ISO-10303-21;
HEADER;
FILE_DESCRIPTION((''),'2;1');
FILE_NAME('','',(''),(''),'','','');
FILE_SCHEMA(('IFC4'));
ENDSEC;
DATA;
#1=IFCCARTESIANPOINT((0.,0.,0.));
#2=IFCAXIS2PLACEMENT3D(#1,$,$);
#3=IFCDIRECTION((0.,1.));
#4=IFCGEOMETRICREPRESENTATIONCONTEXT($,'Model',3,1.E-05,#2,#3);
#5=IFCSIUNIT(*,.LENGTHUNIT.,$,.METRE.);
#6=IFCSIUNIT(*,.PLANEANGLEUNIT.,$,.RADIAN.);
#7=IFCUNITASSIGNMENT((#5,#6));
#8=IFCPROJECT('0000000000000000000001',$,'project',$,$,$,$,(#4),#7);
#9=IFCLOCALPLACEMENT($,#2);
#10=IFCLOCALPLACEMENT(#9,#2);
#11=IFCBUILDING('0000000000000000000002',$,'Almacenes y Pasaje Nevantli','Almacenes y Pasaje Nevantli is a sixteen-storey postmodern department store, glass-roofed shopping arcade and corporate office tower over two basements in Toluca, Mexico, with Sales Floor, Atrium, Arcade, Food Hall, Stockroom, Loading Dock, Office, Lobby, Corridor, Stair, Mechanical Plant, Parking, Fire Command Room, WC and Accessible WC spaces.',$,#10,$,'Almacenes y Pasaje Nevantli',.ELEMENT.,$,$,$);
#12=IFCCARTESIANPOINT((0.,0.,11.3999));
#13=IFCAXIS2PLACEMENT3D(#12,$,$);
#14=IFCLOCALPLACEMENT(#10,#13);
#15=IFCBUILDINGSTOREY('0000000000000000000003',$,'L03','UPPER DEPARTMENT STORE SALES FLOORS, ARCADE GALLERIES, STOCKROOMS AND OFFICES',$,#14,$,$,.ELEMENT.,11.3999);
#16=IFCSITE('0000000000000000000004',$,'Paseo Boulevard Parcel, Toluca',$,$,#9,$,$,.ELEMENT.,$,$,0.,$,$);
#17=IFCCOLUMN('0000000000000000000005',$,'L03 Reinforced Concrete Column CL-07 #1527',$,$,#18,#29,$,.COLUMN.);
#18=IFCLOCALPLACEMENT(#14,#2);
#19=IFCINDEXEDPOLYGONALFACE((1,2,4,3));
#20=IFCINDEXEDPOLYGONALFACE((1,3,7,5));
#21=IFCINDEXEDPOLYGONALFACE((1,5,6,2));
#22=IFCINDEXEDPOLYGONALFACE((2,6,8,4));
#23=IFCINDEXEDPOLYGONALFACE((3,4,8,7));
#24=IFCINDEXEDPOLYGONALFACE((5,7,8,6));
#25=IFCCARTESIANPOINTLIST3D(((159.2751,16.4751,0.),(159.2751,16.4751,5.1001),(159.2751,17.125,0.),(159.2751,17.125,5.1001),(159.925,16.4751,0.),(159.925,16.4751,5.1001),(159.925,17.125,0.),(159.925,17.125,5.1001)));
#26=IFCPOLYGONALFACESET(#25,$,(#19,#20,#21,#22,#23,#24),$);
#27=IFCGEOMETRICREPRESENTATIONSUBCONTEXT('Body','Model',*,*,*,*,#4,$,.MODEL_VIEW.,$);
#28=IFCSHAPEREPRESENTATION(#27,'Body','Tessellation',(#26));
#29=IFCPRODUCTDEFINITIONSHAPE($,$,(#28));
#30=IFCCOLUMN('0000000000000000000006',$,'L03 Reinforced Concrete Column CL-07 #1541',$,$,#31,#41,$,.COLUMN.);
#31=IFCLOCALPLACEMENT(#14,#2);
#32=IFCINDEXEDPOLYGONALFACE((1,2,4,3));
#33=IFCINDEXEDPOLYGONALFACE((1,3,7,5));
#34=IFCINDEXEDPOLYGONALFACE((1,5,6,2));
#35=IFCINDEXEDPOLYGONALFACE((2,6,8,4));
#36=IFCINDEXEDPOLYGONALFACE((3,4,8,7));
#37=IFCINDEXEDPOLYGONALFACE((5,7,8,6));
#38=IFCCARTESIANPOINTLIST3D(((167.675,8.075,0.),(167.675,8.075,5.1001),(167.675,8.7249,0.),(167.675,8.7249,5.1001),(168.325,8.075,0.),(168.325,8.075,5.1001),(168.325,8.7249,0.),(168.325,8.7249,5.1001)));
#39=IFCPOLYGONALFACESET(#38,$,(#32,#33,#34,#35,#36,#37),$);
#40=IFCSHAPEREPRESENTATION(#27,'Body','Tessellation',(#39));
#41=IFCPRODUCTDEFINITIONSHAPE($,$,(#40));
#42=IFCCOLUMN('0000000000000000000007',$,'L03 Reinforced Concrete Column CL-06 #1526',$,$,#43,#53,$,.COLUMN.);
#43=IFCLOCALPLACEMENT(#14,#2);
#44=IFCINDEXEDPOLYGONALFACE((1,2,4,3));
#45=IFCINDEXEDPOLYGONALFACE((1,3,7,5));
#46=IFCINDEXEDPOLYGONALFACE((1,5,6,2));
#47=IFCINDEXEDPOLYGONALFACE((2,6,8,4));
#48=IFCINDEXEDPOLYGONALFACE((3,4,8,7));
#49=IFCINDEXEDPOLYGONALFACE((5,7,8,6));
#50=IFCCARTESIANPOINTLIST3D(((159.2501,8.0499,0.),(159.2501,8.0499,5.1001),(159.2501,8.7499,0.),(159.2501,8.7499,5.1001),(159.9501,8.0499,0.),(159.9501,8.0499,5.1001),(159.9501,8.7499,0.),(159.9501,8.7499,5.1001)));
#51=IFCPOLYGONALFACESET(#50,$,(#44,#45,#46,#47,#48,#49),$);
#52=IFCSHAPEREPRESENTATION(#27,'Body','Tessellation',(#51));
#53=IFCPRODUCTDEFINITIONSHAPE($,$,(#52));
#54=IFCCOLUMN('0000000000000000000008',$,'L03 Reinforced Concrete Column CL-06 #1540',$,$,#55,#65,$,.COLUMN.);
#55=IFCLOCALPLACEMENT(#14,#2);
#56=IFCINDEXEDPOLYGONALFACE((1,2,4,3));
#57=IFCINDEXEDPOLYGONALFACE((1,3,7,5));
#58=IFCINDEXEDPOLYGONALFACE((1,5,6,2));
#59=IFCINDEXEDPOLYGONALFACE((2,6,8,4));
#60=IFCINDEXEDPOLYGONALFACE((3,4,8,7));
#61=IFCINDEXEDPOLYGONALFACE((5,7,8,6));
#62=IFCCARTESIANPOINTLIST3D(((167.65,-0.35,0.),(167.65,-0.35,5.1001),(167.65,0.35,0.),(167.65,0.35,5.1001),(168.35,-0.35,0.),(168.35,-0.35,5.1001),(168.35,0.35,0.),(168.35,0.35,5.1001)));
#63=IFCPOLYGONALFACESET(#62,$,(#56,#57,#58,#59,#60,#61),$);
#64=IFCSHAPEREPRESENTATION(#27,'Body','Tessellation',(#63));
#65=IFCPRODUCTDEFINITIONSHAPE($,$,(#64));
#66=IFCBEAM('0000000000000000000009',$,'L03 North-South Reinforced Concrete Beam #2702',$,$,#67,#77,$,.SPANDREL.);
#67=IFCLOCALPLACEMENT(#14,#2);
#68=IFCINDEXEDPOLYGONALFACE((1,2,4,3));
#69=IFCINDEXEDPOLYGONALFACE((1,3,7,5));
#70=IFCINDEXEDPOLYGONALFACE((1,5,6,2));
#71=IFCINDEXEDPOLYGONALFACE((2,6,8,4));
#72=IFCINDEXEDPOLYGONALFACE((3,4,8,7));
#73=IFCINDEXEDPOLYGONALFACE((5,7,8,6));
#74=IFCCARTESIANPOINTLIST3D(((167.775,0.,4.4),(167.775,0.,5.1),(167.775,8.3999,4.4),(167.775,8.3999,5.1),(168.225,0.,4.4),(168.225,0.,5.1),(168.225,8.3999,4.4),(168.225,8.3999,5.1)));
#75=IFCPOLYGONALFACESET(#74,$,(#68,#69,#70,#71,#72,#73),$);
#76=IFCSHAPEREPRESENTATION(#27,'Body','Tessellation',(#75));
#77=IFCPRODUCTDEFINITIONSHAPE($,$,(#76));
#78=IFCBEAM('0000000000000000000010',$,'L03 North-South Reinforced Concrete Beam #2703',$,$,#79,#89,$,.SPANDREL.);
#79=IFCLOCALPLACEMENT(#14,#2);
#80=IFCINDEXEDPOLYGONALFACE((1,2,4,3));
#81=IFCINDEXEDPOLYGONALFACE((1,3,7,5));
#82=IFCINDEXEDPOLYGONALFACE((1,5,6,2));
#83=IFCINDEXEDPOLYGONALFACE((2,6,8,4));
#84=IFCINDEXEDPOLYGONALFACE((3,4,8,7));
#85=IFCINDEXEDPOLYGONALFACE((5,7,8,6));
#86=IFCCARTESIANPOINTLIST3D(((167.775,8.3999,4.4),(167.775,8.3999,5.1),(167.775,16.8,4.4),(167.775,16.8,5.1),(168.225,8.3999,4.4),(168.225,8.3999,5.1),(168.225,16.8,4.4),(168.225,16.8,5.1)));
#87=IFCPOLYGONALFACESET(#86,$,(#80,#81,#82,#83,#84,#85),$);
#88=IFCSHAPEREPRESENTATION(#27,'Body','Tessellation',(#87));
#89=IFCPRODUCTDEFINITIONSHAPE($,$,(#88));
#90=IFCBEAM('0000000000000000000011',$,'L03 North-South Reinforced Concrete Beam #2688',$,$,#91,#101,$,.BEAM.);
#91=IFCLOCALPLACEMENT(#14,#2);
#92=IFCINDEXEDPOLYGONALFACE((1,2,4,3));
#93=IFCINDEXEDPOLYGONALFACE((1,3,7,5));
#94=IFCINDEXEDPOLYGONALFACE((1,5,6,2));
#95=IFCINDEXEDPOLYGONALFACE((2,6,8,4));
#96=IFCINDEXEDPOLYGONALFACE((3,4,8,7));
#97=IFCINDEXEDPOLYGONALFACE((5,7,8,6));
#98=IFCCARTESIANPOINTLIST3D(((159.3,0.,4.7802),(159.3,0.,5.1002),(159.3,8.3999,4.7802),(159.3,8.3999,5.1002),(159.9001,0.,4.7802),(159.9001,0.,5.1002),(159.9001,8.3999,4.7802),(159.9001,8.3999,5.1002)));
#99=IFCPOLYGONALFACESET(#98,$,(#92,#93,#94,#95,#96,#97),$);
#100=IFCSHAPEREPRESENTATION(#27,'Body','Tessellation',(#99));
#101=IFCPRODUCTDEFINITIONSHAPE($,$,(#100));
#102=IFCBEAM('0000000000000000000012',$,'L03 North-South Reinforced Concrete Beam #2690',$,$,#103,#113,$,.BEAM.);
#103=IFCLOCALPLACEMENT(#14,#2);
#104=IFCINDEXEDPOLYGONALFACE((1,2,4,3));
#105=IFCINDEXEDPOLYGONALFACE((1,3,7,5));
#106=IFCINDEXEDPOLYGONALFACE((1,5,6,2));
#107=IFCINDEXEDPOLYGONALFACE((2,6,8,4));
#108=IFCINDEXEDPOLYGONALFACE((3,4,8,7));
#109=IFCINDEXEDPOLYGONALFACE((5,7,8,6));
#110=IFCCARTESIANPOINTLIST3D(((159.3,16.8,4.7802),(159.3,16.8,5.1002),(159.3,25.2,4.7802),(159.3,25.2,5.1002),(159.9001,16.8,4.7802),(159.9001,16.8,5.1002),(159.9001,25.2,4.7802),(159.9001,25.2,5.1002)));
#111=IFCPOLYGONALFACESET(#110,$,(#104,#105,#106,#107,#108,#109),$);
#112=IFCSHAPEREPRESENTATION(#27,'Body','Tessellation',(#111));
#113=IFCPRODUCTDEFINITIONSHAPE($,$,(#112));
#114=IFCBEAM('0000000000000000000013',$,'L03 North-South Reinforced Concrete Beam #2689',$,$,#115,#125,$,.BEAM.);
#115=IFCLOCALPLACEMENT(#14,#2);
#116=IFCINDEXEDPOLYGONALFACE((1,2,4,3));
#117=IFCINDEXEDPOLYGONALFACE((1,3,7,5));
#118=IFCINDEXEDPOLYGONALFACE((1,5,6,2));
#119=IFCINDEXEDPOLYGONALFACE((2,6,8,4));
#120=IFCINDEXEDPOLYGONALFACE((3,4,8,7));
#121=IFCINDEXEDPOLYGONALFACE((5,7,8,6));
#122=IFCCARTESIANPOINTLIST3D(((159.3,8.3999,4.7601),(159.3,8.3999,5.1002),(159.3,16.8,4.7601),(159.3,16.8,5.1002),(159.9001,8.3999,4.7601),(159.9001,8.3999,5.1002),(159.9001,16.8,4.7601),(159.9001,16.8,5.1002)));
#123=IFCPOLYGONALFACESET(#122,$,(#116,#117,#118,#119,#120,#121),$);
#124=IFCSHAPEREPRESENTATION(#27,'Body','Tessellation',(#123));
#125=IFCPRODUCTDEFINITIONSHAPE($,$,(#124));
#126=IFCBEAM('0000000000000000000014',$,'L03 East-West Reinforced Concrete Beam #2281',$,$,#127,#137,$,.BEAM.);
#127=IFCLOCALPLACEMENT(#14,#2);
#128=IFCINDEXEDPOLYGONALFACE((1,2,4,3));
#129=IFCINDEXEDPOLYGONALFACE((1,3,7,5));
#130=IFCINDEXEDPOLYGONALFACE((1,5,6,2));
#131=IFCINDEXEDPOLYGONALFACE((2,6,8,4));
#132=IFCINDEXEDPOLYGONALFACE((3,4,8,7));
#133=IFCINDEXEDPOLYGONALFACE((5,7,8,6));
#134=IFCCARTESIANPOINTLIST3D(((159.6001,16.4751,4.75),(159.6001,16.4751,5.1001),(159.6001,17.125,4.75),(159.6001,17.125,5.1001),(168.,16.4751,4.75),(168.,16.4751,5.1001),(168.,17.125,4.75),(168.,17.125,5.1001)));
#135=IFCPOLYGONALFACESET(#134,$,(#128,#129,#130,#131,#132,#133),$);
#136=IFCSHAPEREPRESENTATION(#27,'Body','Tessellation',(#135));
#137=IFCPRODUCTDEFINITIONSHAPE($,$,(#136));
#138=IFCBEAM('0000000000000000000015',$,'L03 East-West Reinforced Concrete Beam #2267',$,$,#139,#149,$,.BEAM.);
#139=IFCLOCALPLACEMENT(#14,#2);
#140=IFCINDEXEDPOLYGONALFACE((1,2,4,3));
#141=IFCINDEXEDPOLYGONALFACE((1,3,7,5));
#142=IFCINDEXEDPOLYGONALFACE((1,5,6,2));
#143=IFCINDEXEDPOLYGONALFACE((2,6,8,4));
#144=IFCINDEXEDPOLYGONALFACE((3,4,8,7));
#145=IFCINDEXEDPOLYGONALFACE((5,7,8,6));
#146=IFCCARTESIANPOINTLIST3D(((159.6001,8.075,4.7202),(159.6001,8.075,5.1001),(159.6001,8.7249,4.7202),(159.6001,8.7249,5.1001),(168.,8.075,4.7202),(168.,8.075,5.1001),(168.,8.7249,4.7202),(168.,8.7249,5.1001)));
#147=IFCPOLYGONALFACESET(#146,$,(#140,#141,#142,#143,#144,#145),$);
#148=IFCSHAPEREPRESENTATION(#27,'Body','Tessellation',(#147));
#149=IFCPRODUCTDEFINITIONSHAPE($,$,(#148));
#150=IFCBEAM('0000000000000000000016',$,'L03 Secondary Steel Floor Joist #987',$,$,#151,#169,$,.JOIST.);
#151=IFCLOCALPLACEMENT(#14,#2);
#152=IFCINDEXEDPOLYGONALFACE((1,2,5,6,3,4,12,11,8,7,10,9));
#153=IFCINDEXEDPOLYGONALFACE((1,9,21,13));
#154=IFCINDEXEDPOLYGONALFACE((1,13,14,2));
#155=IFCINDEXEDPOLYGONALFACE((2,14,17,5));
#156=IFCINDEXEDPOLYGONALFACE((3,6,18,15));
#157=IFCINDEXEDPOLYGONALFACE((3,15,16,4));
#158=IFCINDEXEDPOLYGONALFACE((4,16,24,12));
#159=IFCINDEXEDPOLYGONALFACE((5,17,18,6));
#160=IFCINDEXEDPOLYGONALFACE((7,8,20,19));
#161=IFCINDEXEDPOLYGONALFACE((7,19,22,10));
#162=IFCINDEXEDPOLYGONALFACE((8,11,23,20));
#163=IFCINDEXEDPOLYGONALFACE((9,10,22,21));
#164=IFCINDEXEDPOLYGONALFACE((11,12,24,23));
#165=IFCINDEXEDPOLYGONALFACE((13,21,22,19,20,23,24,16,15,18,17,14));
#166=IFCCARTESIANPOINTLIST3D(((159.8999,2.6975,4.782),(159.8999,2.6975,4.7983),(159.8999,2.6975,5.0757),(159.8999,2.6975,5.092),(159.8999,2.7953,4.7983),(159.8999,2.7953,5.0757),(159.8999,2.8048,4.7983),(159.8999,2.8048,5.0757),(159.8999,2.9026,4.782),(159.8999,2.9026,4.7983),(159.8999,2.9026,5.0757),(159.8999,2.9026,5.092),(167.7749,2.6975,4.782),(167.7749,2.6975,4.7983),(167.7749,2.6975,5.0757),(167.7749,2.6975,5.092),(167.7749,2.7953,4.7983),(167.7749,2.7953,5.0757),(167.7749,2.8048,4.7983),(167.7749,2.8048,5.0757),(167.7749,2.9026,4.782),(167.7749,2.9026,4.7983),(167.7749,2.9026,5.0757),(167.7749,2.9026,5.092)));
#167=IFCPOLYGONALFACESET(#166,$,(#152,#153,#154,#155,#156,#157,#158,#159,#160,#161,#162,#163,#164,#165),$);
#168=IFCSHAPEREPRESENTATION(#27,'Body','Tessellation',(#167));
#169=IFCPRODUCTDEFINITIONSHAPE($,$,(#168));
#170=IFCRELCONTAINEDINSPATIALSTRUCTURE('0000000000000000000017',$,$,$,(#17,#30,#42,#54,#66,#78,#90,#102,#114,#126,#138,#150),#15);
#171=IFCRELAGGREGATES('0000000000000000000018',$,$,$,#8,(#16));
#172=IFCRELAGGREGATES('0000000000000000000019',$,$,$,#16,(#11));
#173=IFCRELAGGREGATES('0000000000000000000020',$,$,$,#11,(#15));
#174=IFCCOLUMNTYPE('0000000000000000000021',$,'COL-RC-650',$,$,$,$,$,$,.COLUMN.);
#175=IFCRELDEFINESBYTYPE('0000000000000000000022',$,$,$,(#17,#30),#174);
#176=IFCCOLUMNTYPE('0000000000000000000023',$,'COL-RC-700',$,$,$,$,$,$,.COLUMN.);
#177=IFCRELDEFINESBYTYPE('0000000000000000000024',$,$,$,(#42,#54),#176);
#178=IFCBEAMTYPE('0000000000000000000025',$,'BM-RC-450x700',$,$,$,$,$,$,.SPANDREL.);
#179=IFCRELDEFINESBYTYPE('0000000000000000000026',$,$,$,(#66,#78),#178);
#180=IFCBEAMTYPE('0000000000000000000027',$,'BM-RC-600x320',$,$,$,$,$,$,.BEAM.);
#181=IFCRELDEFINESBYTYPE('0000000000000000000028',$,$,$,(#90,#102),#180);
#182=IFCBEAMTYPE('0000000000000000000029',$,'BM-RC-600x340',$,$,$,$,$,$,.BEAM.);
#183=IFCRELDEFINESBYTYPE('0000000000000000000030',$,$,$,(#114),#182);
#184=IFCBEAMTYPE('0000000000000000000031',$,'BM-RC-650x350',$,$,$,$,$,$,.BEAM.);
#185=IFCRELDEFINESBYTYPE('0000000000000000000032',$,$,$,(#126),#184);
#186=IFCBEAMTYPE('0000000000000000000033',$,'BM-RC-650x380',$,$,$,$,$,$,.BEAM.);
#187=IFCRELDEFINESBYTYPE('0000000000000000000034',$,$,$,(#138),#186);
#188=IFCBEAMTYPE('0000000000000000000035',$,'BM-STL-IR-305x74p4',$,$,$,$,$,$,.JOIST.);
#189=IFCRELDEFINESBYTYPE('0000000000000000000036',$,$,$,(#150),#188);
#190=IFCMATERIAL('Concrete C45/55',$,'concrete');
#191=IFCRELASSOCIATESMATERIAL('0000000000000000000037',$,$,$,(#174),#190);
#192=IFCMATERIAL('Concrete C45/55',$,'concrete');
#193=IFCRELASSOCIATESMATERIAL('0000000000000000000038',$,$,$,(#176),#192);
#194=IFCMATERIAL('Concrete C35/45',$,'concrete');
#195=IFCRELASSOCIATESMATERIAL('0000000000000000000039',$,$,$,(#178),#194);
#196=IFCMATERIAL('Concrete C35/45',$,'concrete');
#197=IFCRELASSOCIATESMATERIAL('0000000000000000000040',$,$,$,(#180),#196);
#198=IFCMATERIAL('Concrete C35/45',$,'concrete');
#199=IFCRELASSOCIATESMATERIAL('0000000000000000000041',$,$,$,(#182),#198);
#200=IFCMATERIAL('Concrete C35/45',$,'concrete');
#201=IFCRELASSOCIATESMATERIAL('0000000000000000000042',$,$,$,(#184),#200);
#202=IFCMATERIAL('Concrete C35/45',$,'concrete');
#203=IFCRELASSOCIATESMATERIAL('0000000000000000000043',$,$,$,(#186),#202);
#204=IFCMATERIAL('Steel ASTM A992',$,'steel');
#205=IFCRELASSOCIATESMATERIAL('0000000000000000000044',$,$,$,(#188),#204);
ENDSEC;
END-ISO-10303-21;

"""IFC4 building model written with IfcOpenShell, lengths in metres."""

from ifc_helpers import new_model, si_unit, direction, frame, origin, origin_2d, place, context, subcontext, project, spatial, rectangle, i_section, extrude, material, material_profile, profile_set, type_object, element, save


model = new_model("IFC4")

# Units and contexts
model_context = context("Model", 3, precision=1e-05, world=origin(), true_north=direction((0.0, 1.0)))
body_context = subcontext(model_context, "Body", "Model", "MODEL_VIEW")
ifc_project = project(units=[si_unit("LENGTHUNIT", "METRE"), si_unit("PLANEANGLEUNIT", "RADIAN")], contexts=[model_context])

# Site, building, storey
site_placement = place(None, origin())
site = spatial("IfcSite", under=ifc_project, at=site_placement, Name="Paseo Boulevard Parcel, Toluca", CompositionType="ELEMENT", RefElevation=0.0)
building_placement = place(site_placement, origin())
building = spatial("IfcBuilding", under=site, at=building_placement, Name="Almacenes y Pasaje Nevantli", Description="Almacenes y Pasaje Nevantli is a sixteen-storey postmodern department store, glass-roofed shopping arcade and corporate office tower over two basements in Toluca, Mexico, with Sales Floor, Atrium, Arcade, Food Hall, Stockroom, Loading Dock, Office, Lobby, Corridor, Stair, Mechanical Plant, Parking, Fire Command Room, WC and Accessible WC spaces.", LongName="Almacenes y Pasaje Nevantli", CompositionType="ELEMENT")
storey_placement = place(building_placement, frame((0.0, 0.0, 11.3999)))
storey = spatial("IfcBuildingStorey", under=building, at=storey_placement, Name="L03", Description="UPPER DEPARTMENT STORE SALES FLOORS, ARCADE GALLERIES, STOCKROOMS AND OFFICES", CompositionType="ELEMENT", Elevation=11.3999)

# Columns
ifc_material_1 = material(Name="Concrete C45/55", Category="concrete")
ifc_material_profile_1 = material_profile(ifc_material_1, rectangle(XDim=0.6499, YDim=0.6499, at=origin_2d()), Name="RC-COL-650x650")
ifc_profile_set_1 = profile_set([ifc_material_profile_1], Name="Concrete C45/55")
column_type_1 = type_object("IfcColumnType", Name="COL-RC-650", PredefinedType="COLUMN", material=ifc_profile_set_1)
for number, where, z_axis, x_axis, name in (
    (1, (159.6001, 16.8, 0.0), (0.0, 0.0, 1.0), (1.0, 0.0, 0.0), "L03 Reinforced Concrete Column CL-07 #1527"),
    (2, (168.0, 8.3999, 0.0), (0.0, 0.0, 1.0), (1.0, 0.0, 0.0), "L03 Reinforced Concrete Column CL-07 #1541"),
):
    element("IfcColumn", number, at=place(storey_placement, frame(where, z_axis=z_axis, x_axis=x_axis)), inside=storey, type_object=column_type_1, Name=name, PredefinedType="COLUMN", context=body_context, shape_type="SweptSolid", body=[
        extrude(rectangle(XDim=0.6499, YDim=0.6499, at=origin_2d()), origin(), (0.0, 0.0, 1.0), 5.1001),
    ])
ifc_material_2 = material(Name="Concrete C45/55", Category="concrete")
ifc_material_profile_2 = material_profile(ifc_material_2, rectangle(XDim=0.7, YDim=0.7, at=origin_2d()), Name="RC-COL-700x700")
ifc_profile_set_2 = profile_set([ifc_material_profile_2], Name="Concrete C45/55")
column_type_2 = type_object("IfcColumnType", Name="COL-RC-700", PredefinedType="COLUMN", material=ifc_profile_set_2)
for number, where, z_axis, x_axis, name in (
    (3, (159.6001, 8.3999, 0.0), (0.0, 0.0, 1.0), (1.0, 0.0, 0.0), "L03 Reinforced Concrete Column CL-06 #1526"),
    (4, (168.0, 0.0, 0.0), (0.0, 0.0, 1.0), (1.0, 0.0, 0.0), "L03 Reinforced Concrete Column CL-06 #1540"),
):
    element("IfcColumn", number, at=place(storey_placement, frame(where, z_axis=z_axis, x_axis=x_axis)), inside=storey, type_object=column_type_2, Name=name, PredefinedType="COLUMN", context=body_context, shape_type="SweptSolid", body=[
        extrude(rectangle(XDim=0.7, YDim=0.7, at=origin_2d()), origin(), (0.0, 0.0, 1.0), 5.1001),
    ])

# Beams
ifc_material_3 = material(Name="Concrete C35/45", Category="concrete")
ifc_material_profile_3 = material_profile(ifc_material_3, rectangle(XDim=0.45, YDim=0.7, at=origin_2d()), Name="RC-BM-450x700")
ifc_profile_set_3 = profile_set([ifc_material_profile_3], Name="Concrete C35/45")
beam_type_1 = type_object("IfcBeamType", Name="BM-RC-450x700", PredefinedType="SPANDREL", material=ifc_profile_set_3)
beam_1_placement = place(storey_placement, frame((168.0, 0.0, 4.75), z_axis=(0.0, 1.0, 0.0), x_axis=(-1.0, 0.0, 0.0)))
element("IfcBeam", 5, at=beam_1_placement, inside=storey, type_object=beam_type_1, Name="L03 North-South Reinforced Concrete Beam #2702", PredefinedType="SPANDREL", context=body_context, shape_type="SweptSolid", body=[
    extrude(rectangle(XDim=0.45, YDim=0.7, at=origin_2d()), origin(), (0.0, 0.0, 1.0), 8.3999),
])
beam_2_placement = place(storey_placement, frame((168.0, 8.3999, 4.75), z_axis=(0.0, 1.0, 0.0), x_axis=(-1.0, 0.0, 0.0)))
element("IfcBeam", 6, at=beam_2_placement, inside=storey, type_object=beam_type_1, Name="L03 North-South Reinforced Concrete Beam #2703", PredefinedType="SPANDREL", context=body_context, shape_type="SweptSolid", body=[
    extrude(rectangle(XDim=0.45, YDim=0.7, at=origin_2d()), origin(), (0.0, 0.0, 1.0), 8.4001),
])
ifc_material_4 = material(Name="Concrete C35/45", Category="concrete")
ifc_material_profile_4 = material_profile(ifc_material_4, rectangle(XDim=0.6001, YDim=0.3201, at=origin_2d()), Name="RC-BM-600x320")
ifc_profile_set_4 = profile_set([ifc_material_profile_4], Name="Concrete C35/45")
beam_type_2 = type_object("IfcBeamType", Name="BM-RC-600x320", PredefinedType="BEAM", material=ifc_profile_set_4)
for number, where, z_axis, x_axis, name in (
    (7, (159.6001, 0.0, 4.9402), (0.0, 1.0, 0.0), (-1.0, 0.0, 0.0), "L03 North-South Reinforced Concrete Beam #2688"),
    (8, (159.6001, 16.8, 4.9402), (0.0, 1.0, 0.0), (-1.0, 0.0, 0.0), "L03 North-South Reinforced Concrete Beam #2690"),
):
    element("IfcBeam", number, at=place(storey_placement, frame(where, z_axis=z_axis, x_axis=x_axis)), inside=storey, type_object=beam_type_2, Name=name, PredefinedType="BEAM", context=body_context, shape_type="SweptSolid", body=[
        extrude(rectangle(XDim=0.6001, YDim=0.3201, at=origin_2d()), origin(), (0.0, 0.0, 1.0), 8.3999),
    ])
ifc_material_5 = material(Name="Concrete C35/45", Category="concrete")
ifc_material_profile_5 = material_profile(ifc_material_5, rectangle(XDim=0.6001, YDim=0.3401, at=origin_2d()), Name="RC-BM-600x340")
ifc_profile_set_5 = profile_set([ifc_material_profile_5], Name="Concrete C35/45")
beam_type_3 = type_object("IfcBeamType", Name="BM-RC-600x340", PredefinedType="BEAM", material=ifc_profile_set_5)
beam_3_placement = place(storey_placement, frame((159.6001, 8.3999, 4.9302), z_axis=(0.0, 1.0, 0.0), x_axis=(-1.0, 0.0, 0.0)))
element("IfcBeam", 9, at=beam_3_placement, inside=storey, type_object=beam_type_3, Name="L03 North-South Reinforced Concrete Beam #2689", PredefinedType="BEAM", context=body_context, shape_type="SweptSolid", body=[
    extrude(rectangle(XDim=0.6001, YDim=0.3401, at=origin_2d()), origin(), (0.0, 0.0, 1.0), 8.4001),
])
ifc_material_6 = material(Name="Concrete C35/45", Category="concrete")
ifc_material_profile_6 = material_profile(ifc_material_6, rectangle(XDim=0.6499, YDim=0.3501, at=origin_2d()), Name="RC-BM-650x350")
ifc_profile_set_6 = profile_set([ifc_material_profile_6], Name="Concrete C35/45")
beam_type_4 = type_object("IfcBeamType", Name="BM-RC-650x350", PredefinedType="BEAM", material=ifc_profile_set_6)
beam_4_placement = place(storey_placement, frame((159.6001, 16.8, 4.925), z_axis=(1.0, 0.0, 0.0), x_axis=(0.0, 1.0, 0.0)))
element("IfcBeam", 10, at=beam_4_placement, inside=storey, type_object=beam_type_4, Name="L03 East-West Reinforced Concrete Beam #2281", PredefinedType="BEAM", context=body_context, shape_type="SweptSolid", body=[
    extrude(rectangle(XDim=0.6499, YDim=0.3501, at=origin_2d()), origin(), (0.0, 0.0, 1.0), 8.3999),
])
ifc_material_7 = material(Name="Concrete C35/45", Category="concrete")
ifc_material_profile_7 = material_profile(ifc_material_7, rectangle(XDim=0.6499, YDim=0.3799, at=origin_2d()), Name="RC-BM-650x380")
ifc_profile_set_7 = profile_set([ifc_material_profile_7], Name="Concrete C35/45")
beam_type_5 = type_object("IfcBeamType", Name="BM-RC-650x380", PredefinedType="BEAM", material=ifc_profile_set_7)
beam_5_placement = place(storey_placement, frame((159.6001, 8.3999, 4.9102), z_axis=(1.0, 0.0, 0.0), x_axis=(0.0, 1.0, 0.0)))
element("IfcBeam", 11, at=beam_5_placement, inside=storey, type_object=beam_type_5, Name="L03 East-West Reinforced Concrete Beam #2267", PredefinedType="BEAM", context=body_context, shape_type="SweptSolid", body=[
    extrude(rectangle(XDim=0.6499, YDim=0.3799, at=origin_2d()), origin(), (0.0, 0.0, 1.0), 8.3999),
])
ifc_material_8 = material(Name="Steel ASTM A992", Category="steel")
ifc_material_profile_8 = material_profile(ifc_material_8, i_section(OverallWidth=0.2051, OverallDepth=0.3101, WebThickness=0.0095, FlangeThickness=0.0164, at=origin_2d()), Name="IR 305x74.4")
ifc_profile_set_8 = profile_set([ifc_material_profile_8], Name="Steel ASTM A992")
beam_type_6 = type_object("IfcBeamType", Name="BM-STL-IR-305x74p4", PredefinedType="JOIST", material=ifc_profile_set_8)
for number, where, z_axis, x_axis, name in (
    (12, (159.8999, 2.8, 4.937), (1.0, 0.0, 0.0), (0.0, 1.0, 0.0), "L03 Secondary Steel Floor Joist #987"),
):
    element("IfcBeam", number, at=place(storey_placement, frame(where, z_axis=z_axis, x_axis=x_axis)), inside=storey, type_object=beam_type_6, Name=name, PredefinedType="JOIST", context=body_context, shape_type="SweptSolid", body=[
        extrude(i_section(OverallWidth=0.2051, OverallDepth=0.3101, WebThickness=0.0095, FlangeThickness=0.0164, at=origin_2d()), origin(), (0.0, 0.0, 1.0), 7.875),
    ])

save(model, "model.ifc")
